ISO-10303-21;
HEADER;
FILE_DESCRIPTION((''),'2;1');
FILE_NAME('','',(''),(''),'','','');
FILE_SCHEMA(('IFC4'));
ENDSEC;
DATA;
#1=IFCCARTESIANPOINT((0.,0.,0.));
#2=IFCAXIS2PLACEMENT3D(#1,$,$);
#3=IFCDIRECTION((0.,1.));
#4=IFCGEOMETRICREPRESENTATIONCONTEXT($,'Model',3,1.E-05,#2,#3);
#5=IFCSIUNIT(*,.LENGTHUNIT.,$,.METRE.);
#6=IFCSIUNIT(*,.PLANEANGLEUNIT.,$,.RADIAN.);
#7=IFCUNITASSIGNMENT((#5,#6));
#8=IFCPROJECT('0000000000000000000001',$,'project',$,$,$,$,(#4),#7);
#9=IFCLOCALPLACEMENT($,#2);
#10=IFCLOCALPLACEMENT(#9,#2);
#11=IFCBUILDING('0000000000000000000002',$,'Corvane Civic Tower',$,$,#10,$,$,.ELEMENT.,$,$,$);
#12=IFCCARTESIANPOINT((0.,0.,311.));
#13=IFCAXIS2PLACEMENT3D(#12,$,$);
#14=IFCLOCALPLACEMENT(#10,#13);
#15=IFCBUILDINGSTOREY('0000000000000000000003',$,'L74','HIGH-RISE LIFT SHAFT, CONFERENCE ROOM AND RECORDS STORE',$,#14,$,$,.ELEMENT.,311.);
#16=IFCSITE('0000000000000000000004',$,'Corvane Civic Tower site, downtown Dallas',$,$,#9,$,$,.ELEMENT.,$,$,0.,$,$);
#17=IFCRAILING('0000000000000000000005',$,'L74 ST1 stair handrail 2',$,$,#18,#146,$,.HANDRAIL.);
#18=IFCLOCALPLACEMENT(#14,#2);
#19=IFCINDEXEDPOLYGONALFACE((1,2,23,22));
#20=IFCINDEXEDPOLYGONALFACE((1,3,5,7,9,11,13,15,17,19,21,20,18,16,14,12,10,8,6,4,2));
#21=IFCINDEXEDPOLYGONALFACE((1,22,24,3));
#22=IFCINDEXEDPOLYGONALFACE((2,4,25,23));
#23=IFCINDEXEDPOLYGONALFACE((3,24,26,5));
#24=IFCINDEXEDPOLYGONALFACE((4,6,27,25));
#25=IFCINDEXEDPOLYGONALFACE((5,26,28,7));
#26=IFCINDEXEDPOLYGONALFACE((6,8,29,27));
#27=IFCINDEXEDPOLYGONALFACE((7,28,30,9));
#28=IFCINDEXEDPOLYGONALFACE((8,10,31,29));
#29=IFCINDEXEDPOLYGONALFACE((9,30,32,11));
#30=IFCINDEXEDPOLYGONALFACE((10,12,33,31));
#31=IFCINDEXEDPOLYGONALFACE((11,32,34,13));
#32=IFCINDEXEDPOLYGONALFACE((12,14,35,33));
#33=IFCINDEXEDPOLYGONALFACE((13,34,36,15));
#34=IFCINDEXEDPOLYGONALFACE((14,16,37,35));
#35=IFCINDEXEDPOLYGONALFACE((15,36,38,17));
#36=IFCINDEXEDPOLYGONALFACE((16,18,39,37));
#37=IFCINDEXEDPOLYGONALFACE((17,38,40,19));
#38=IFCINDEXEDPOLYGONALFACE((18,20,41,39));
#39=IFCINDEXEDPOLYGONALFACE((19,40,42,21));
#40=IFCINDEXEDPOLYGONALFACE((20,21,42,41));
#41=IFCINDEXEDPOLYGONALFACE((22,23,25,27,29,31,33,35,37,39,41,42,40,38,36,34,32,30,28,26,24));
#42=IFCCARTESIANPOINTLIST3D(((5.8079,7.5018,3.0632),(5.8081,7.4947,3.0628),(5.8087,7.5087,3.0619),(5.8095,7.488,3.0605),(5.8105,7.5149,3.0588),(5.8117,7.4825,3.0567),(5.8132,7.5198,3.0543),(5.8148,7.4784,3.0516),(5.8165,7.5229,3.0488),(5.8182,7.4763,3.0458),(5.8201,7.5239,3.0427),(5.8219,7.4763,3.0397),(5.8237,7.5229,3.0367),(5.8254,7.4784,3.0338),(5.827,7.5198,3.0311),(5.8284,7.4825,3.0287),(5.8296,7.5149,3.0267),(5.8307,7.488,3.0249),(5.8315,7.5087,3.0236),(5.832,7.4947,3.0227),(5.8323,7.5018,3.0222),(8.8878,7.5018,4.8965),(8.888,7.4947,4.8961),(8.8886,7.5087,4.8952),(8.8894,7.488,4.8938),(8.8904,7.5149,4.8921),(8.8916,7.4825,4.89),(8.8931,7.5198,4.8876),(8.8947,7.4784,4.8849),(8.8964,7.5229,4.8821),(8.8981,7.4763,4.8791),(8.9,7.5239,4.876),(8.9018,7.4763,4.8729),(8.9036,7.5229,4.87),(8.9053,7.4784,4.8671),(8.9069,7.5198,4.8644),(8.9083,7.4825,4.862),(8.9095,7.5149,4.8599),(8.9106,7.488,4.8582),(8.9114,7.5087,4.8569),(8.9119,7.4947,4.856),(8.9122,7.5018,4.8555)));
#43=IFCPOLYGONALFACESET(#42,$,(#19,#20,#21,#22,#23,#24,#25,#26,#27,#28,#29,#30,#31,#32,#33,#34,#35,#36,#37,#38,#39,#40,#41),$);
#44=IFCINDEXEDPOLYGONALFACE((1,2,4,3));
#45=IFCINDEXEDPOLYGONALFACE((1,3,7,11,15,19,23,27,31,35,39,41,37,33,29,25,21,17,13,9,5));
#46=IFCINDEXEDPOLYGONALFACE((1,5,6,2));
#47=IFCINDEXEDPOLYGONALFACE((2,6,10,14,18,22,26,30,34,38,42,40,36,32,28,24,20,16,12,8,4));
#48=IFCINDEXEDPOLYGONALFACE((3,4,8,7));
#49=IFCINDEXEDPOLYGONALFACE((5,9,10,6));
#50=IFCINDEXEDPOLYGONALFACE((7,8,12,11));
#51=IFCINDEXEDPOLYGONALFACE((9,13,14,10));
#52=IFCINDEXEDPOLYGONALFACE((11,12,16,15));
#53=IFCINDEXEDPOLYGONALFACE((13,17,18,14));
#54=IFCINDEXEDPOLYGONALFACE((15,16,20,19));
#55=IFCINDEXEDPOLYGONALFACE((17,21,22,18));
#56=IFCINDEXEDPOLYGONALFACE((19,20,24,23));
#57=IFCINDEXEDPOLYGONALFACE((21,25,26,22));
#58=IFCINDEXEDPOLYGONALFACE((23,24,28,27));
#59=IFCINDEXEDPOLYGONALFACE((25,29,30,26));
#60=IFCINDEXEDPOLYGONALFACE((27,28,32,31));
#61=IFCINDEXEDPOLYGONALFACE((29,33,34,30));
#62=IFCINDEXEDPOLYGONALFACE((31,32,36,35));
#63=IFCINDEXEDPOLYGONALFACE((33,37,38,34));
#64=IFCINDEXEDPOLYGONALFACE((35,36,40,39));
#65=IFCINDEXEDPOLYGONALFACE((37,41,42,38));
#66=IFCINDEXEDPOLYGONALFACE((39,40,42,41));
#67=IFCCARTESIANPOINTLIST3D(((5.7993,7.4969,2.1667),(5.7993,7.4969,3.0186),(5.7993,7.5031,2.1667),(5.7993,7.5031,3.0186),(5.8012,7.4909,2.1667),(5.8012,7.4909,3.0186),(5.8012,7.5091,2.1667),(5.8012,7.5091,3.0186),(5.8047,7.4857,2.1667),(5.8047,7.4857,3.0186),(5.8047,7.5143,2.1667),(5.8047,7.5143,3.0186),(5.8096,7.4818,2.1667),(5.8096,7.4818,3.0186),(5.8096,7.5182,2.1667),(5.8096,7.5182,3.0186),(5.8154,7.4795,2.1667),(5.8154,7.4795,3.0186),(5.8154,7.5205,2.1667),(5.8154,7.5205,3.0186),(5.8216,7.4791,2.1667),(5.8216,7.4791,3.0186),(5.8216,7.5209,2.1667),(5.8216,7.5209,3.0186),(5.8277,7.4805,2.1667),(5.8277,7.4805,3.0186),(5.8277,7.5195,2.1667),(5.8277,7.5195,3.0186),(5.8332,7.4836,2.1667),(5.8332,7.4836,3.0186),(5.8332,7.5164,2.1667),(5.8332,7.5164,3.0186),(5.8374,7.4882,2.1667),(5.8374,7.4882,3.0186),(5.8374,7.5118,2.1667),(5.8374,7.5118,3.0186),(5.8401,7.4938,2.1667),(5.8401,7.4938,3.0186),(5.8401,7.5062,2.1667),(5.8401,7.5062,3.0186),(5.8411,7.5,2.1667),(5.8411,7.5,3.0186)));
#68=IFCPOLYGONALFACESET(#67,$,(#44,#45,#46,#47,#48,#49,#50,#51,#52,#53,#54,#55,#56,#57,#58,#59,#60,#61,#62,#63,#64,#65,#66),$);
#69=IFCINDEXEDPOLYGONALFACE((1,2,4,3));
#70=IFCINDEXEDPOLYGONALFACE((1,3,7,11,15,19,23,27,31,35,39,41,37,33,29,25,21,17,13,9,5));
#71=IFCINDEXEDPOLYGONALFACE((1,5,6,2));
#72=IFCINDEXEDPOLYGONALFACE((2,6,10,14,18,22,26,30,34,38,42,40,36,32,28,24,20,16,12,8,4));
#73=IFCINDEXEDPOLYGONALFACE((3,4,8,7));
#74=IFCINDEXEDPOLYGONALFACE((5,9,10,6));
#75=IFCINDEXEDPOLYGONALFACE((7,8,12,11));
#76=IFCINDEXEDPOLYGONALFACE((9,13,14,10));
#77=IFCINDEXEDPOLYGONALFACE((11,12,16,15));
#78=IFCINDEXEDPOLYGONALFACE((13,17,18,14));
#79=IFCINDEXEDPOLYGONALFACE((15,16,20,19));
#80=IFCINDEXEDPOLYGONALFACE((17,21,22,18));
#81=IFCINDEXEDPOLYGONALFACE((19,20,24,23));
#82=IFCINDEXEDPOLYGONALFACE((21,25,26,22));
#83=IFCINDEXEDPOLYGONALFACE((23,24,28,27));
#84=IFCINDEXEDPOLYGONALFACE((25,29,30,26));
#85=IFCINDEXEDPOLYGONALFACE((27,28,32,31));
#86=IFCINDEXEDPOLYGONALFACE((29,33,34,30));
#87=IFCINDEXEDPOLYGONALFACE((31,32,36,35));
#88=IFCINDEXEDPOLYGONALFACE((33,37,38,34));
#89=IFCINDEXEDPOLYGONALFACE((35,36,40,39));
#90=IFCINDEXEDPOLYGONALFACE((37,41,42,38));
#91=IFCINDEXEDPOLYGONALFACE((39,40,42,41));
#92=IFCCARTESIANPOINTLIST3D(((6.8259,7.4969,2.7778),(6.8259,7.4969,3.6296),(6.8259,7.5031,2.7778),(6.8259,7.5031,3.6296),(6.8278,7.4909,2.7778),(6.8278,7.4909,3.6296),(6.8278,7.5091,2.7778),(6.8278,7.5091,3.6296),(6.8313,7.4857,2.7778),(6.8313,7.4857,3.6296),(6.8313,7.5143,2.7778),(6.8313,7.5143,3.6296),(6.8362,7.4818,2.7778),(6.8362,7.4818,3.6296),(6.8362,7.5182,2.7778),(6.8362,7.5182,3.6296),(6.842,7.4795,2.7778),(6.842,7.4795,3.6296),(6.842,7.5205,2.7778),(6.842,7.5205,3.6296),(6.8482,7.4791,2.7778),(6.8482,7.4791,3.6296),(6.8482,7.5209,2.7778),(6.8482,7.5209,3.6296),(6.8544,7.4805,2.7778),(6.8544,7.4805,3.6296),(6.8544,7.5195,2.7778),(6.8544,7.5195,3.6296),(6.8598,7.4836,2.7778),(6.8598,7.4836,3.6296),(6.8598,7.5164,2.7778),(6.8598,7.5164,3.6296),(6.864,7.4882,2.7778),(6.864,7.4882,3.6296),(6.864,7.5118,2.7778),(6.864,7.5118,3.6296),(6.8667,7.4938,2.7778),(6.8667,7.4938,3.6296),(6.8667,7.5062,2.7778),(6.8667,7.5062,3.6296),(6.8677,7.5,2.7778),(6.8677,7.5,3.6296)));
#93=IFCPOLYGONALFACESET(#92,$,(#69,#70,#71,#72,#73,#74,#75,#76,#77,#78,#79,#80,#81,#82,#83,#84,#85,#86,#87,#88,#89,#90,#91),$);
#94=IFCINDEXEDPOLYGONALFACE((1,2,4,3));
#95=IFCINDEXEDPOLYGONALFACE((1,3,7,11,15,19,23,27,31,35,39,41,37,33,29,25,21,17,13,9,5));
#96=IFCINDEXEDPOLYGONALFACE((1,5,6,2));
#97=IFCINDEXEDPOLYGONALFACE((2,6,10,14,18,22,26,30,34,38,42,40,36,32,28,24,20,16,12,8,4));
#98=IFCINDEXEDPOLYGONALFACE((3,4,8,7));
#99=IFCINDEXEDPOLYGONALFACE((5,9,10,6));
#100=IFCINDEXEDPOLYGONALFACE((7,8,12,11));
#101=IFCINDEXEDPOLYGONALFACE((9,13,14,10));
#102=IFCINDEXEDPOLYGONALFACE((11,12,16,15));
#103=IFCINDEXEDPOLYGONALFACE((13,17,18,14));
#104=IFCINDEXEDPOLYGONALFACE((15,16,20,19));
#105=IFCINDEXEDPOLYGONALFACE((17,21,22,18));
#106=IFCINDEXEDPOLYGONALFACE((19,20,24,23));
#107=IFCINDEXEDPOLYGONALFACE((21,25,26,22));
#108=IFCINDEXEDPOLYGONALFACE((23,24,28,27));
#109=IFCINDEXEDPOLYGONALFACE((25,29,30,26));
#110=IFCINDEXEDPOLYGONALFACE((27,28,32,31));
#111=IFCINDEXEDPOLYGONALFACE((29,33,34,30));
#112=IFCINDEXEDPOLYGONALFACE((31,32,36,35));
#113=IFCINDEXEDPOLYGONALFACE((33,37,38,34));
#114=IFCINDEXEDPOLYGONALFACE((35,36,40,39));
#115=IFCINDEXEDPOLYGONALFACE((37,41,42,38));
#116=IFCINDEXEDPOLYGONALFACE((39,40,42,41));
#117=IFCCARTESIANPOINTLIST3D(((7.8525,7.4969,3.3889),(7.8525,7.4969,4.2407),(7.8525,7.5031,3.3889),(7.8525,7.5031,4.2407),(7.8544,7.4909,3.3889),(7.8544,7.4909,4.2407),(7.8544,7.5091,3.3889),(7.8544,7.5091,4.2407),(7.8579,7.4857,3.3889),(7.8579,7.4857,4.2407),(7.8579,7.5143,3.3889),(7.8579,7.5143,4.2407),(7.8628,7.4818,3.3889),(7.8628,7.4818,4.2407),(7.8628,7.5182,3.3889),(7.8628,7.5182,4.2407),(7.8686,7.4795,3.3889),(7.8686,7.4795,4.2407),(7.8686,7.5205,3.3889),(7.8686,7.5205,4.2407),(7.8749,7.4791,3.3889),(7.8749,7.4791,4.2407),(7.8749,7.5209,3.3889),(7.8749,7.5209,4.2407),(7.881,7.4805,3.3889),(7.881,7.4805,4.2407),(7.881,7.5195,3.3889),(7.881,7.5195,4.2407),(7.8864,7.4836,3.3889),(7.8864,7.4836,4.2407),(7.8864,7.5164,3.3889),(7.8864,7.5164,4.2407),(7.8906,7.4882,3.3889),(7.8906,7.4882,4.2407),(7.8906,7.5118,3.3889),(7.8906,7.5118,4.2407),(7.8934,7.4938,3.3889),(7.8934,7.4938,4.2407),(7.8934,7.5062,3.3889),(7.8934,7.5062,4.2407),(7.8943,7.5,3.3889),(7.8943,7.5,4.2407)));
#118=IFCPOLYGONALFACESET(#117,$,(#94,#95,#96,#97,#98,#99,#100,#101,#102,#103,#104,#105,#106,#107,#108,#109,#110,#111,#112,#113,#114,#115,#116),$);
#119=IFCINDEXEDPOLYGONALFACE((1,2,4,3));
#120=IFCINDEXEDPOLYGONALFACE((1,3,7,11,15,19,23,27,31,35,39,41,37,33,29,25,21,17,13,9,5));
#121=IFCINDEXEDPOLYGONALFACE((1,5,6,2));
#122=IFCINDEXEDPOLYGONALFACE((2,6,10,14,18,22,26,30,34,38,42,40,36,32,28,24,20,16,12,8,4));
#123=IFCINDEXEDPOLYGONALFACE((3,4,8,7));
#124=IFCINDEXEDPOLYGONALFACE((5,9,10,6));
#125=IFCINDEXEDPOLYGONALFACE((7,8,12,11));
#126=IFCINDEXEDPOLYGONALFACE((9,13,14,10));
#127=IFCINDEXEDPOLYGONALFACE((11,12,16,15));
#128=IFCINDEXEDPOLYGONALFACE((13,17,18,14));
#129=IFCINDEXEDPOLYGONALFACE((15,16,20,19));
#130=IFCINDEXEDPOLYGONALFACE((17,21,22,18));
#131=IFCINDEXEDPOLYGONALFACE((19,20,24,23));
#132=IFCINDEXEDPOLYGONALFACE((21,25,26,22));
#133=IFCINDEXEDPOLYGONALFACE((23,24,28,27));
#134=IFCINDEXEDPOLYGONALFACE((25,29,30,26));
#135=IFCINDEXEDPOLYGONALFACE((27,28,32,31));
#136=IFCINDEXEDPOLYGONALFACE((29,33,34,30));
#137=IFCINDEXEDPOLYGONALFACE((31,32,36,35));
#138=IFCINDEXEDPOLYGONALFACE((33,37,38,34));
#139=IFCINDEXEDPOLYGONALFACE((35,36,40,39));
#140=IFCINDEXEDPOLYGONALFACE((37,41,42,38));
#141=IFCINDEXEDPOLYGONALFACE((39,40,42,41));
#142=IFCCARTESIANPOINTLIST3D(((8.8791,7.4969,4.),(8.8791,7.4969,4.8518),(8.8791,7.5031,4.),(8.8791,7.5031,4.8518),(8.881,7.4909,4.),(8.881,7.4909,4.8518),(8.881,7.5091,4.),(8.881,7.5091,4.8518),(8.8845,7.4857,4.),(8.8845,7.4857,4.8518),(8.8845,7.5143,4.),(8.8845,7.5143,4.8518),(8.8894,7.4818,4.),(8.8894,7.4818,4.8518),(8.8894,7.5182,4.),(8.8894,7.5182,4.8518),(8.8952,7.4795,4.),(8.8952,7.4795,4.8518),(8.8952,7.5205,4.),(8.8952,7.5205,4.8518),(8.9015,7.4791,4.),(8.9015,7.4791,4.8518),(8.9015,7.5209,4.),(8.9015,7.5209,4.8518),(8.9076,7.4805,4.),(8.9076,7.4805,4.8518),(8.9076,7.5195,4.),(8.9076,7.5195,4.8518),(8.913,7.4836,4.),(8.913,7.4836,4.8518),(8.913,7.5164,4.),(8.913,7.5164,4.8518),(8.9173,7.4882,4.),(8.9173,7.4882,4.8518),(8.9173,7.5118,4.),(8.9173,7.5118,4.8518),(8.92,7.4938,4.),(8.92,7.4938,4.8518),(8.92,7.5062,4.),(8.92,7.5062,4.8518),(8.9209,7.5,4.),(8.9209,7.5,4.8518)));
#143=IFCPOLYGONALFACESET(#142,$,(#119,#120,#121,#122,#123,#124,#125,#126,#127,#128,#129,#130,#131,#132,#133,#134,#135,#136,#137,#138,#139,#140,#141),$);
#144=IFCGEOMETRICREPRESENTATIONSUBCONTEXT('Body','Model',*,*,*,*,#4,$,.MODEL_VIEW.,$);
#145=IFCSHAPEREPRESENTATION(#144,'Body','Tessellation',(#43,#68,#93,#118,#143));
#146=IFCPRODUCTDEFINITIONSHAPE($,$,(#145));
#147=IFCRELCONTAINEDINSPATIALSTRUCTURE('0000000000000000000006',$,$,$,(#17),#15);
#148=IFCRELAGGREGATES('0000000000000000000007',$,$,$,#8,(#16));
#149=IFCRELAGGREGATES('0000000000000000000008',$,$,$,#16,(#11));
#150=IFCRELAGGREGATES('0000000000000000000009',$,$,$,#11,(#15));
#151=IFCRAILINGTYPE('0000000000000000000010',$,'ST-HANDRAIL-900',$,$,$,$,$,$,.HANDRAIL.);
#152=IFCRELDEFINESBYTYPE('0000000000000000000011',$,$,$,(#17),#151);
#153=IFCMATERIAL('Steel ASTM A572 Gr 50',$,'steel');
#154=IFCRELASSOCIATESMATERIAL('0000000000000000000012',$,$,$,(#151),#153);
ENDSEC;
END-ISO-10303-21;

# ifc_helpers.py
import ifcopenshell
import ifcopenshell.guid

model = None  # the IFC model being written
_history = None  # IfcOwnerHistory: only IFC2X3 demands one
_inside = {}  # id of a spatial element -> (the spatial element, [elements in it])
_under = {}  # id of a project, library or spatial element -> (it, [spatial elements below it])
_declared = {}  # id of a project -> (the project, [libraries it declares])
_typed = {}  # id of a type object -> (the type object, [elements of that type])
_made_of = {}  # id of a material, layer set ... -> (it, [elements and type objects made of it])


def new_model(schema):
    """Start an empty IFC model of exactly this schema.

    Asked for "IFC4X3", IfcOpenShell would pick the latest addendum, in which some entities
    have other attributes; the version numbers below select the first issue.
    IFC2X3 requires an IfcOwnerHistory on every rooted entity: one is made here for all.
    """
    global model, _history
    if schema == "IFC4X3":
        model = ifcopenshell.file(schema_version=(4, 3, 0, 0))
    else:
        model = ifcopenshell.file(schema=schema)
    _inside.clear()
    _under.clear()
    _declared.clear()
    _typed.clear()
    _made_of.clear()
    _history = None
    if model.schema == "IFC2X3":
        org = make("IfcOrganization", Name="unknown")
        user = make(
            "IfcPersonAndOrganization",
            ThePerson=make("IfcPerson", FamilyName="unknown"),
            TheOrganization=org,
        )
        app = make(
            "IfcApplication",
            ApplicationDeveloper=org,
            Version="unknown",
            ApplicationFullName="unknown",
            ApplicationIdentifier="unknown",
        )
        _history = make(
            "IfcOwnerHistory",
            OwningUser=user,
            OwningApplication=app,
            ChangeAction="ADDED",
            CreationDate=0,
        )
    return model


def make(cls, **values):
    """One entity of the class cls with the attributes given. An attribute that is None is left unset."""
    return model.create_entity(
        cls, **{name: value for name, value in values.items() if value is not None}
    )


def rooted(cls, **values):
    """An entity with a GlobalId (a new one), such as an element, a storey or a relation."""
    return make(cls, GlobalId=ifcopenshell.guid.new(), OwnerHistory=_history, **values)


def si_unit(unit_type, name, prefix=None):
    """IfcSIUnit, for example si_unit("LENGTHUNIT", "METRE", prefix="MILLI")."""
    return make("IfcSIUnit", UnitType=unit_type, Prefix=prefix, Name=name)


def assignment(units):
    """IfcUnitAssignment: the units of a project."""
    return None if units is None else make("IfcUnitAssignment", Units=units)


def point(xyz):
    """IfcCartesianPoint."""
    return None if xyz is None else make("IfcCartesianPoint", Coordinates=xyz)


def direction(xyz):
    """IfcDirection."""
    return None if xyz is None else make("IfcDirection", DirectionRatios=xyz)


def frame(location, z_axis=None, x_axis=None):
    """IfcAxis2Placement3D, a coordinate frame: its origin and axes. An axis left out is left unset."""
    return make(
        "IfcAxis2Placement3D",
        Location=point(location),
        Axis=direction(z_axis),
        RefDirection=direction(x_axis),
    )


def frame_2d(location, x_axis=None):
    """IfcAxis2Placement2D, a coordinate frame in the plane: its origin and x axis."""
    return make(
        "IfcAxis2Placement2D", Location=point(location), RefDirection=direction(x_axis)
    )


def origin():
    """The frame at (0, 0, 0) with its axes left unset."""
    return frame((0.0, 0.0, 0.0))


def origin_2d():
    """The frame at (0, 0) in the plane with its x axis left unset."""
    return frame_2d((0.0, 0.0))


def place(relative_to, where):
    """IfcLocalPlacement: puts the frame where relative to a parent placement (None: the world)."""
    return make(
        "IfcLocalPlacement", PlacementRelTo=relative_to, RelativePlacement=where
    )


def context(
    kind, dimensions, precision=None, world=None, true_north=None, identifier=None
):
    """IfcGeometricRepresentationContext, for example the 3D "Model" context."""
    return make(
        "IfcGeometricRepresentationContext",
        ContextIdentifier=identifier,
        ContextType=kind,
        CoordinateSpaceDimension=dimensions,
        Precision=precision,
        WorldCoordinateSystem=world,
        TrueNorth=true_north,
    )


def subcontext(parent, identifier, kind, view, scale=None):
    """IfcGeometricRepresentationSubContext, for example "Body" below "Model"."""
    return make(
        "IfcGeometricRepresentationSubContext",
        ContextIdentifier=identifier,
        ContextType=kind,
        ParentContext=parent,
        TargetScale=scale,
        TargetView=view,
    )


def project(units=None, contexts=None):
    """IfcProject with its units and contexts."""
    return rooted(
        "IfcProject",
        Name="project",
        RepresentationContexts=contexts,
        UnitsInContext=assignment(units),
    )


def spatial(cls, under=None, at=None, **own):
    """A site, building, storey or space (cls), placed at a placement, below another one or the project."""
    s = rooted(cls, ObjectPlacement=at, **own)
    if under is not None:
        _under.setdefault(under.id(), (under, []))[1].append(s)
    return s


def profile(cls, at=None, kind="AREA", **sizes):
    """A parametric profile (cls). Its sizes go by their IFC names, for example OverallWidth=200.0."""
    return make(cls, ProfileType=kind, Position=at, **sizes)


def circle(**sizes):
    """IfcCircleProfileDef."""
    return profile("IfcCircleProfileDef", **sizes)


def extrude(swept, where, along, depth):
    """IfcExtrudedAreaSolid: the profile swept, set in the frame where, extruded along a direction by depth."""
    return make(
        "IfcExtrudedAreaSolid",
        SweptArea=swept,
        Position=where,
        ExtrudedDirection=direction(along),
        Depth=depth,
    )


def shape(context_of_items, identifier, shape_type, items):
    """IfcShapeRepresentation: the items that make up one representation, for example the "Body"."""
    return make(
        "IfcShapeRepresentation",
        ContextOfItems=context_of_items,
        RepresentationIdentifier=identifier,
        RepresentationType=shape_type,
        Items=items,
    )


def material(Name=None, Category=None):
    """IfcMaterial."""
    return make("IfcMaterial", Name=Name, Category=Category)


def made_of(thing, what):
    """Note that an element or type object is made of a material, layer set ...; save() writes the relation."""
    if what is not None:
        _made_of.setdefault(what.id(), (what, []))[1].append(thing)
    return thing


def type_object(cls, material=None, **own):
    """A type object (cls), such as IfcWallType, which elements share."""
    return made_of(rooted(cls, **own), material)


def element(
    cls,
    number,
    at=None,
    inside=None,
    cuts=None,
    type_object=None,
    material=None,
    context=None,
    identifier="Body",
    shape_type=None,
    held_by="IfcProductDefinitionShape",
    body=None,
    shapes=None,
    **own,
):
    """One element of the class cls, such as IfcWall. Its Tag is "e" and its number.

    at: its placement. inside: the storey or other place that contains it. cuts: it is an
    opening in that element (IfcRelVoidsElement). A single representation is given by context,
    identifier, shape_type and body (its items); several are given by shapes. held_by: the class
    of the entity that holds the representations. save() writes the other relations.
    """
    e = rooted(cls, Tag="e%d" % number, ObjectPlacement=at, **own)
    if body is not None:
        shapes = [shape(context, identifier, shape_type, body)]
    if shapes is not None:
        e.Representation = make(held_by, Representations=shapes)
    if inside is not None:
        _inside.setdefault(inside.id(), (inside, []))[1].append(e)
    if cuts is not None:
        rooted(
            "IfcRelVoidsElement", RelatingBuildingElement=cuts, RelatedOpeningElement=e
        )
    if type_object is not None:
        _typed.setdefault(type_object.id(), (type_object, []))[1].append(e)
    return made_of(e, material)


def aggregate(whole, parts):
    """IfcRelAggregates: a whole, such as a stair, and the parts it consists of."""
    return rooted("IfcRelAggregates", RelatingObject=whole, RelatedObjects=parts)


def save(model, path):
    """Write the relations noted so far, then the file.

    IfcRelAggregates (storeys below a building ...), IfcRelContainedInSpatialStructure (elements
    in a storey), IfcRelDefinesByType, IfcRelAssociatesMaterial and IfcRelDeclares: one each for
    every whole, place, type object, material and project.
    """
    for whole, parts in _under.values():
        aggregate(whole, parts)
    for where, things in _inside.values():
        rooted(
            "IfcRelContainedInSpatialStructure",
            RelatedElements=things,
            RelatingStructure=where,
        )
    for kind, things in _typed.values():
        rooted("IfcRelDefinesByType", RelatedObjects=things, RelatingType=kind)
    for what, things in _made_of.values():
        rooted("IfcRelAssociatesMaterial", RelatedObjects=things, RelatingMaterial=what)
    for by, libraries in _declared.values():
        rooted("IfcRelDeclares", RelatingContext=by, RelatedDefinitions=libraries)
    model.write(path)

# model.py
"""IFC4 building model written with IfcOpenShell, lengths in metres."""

from ifc_helpers import new_model, si_unit, direction, frame, origin, origin_2d, place, context, subcontext, project, spatial, circle, extrude, material, type_object, element, save


model = new_model("IFC4")

# Units and contexts
model_context = context("Model", 3, precision=1e-05, world=origin(), true_north=direction((0.0, 1.0)))
body_context = subcontext(model_context, "Body", "Model", "MODEL_VIEW")
ifc_project = project(units=[si_unit("LENGTHUNIT", "METRE"), si_unit("PLANEANGLEUNIT", "RADIAN")], contexts=[model_context])

# Site, building, storey
site_placement = place(None, origin())
site = spatial("IfcSite", under=ifc_project, at=site_placement, Name="Corvane Civic Tower site, downtown Dallas", CompositionType="ELEMENT", RefElevation=0.0)
building_placement = place(site_placement, origin())
building = spatial("IfcBuilding", under=site, at=building_placement, Name="Corvane Civic Tower", CompositionType="ELEMENT")
storey_placement = place(building_placement, frame((0.0, 0.0, 311.0)))
storey = spatial("IfcBuildingStorey", under=building, at=storey_placement, Name="L74", Description="HIGH-RISE LIFT SHAFT, CONFERENCE ROOM AND RECORDS STORE", CompositionType="ELEMENT", Elevation=311.0)

# Railing
ifc_material_1 = material(Name="Steel ASTM A572 Gr 50", Category="steel")
railing_type = type_object("IfcRailingType", Name="ST-HANDRAIL-900", PredefinedType="HANDRAIL", material=ifc_material_1)
railing_placement = place(storey_placement, frame((5.8201, 7.5, 2.1667)))
element("IfcRailing", 1, at=railing_placement, inside=storey, type_object=railing_type, Name="L74 ST1 stair handrail 2", PredefinedType="HANDRAIL", context=body_context, shape_type="SweptSolid", body=[
    extrude(circle(Radius=0.0239, at=origin_2d()), frame((0.0, 0.0, 0.876), z_axis=(0.859291, 0.0, 0.511487), x_axis=(0.0, 1.0, 0.0)), (0.0, 0.0, 1.0), 3.5842),
    extrude(circle(Radius=0.021, at=origin_2d()), origin(), (0.0, 0.0, 1.0), 0.8518),
    extrude(circle(Radius=0.021, at=origin_2d()), frame((1.0266, 0.0, 0.6111)), (0.0, 0.0, 1.0), 0.8518),
    extrude(circle(Radius=0.021, at=origin_2d()), frame((2.0532, 0.0, 1.2222)), (0.0, 0.0, 1.0), 0.8518),
    extrude(circle(Radius=0.021, at=origin_2d()), frame((3.0798, 0.0, 1.8333)), (0.0, 0.0, 1.0), 0.8518),
])

save(model, "model.ifc")
